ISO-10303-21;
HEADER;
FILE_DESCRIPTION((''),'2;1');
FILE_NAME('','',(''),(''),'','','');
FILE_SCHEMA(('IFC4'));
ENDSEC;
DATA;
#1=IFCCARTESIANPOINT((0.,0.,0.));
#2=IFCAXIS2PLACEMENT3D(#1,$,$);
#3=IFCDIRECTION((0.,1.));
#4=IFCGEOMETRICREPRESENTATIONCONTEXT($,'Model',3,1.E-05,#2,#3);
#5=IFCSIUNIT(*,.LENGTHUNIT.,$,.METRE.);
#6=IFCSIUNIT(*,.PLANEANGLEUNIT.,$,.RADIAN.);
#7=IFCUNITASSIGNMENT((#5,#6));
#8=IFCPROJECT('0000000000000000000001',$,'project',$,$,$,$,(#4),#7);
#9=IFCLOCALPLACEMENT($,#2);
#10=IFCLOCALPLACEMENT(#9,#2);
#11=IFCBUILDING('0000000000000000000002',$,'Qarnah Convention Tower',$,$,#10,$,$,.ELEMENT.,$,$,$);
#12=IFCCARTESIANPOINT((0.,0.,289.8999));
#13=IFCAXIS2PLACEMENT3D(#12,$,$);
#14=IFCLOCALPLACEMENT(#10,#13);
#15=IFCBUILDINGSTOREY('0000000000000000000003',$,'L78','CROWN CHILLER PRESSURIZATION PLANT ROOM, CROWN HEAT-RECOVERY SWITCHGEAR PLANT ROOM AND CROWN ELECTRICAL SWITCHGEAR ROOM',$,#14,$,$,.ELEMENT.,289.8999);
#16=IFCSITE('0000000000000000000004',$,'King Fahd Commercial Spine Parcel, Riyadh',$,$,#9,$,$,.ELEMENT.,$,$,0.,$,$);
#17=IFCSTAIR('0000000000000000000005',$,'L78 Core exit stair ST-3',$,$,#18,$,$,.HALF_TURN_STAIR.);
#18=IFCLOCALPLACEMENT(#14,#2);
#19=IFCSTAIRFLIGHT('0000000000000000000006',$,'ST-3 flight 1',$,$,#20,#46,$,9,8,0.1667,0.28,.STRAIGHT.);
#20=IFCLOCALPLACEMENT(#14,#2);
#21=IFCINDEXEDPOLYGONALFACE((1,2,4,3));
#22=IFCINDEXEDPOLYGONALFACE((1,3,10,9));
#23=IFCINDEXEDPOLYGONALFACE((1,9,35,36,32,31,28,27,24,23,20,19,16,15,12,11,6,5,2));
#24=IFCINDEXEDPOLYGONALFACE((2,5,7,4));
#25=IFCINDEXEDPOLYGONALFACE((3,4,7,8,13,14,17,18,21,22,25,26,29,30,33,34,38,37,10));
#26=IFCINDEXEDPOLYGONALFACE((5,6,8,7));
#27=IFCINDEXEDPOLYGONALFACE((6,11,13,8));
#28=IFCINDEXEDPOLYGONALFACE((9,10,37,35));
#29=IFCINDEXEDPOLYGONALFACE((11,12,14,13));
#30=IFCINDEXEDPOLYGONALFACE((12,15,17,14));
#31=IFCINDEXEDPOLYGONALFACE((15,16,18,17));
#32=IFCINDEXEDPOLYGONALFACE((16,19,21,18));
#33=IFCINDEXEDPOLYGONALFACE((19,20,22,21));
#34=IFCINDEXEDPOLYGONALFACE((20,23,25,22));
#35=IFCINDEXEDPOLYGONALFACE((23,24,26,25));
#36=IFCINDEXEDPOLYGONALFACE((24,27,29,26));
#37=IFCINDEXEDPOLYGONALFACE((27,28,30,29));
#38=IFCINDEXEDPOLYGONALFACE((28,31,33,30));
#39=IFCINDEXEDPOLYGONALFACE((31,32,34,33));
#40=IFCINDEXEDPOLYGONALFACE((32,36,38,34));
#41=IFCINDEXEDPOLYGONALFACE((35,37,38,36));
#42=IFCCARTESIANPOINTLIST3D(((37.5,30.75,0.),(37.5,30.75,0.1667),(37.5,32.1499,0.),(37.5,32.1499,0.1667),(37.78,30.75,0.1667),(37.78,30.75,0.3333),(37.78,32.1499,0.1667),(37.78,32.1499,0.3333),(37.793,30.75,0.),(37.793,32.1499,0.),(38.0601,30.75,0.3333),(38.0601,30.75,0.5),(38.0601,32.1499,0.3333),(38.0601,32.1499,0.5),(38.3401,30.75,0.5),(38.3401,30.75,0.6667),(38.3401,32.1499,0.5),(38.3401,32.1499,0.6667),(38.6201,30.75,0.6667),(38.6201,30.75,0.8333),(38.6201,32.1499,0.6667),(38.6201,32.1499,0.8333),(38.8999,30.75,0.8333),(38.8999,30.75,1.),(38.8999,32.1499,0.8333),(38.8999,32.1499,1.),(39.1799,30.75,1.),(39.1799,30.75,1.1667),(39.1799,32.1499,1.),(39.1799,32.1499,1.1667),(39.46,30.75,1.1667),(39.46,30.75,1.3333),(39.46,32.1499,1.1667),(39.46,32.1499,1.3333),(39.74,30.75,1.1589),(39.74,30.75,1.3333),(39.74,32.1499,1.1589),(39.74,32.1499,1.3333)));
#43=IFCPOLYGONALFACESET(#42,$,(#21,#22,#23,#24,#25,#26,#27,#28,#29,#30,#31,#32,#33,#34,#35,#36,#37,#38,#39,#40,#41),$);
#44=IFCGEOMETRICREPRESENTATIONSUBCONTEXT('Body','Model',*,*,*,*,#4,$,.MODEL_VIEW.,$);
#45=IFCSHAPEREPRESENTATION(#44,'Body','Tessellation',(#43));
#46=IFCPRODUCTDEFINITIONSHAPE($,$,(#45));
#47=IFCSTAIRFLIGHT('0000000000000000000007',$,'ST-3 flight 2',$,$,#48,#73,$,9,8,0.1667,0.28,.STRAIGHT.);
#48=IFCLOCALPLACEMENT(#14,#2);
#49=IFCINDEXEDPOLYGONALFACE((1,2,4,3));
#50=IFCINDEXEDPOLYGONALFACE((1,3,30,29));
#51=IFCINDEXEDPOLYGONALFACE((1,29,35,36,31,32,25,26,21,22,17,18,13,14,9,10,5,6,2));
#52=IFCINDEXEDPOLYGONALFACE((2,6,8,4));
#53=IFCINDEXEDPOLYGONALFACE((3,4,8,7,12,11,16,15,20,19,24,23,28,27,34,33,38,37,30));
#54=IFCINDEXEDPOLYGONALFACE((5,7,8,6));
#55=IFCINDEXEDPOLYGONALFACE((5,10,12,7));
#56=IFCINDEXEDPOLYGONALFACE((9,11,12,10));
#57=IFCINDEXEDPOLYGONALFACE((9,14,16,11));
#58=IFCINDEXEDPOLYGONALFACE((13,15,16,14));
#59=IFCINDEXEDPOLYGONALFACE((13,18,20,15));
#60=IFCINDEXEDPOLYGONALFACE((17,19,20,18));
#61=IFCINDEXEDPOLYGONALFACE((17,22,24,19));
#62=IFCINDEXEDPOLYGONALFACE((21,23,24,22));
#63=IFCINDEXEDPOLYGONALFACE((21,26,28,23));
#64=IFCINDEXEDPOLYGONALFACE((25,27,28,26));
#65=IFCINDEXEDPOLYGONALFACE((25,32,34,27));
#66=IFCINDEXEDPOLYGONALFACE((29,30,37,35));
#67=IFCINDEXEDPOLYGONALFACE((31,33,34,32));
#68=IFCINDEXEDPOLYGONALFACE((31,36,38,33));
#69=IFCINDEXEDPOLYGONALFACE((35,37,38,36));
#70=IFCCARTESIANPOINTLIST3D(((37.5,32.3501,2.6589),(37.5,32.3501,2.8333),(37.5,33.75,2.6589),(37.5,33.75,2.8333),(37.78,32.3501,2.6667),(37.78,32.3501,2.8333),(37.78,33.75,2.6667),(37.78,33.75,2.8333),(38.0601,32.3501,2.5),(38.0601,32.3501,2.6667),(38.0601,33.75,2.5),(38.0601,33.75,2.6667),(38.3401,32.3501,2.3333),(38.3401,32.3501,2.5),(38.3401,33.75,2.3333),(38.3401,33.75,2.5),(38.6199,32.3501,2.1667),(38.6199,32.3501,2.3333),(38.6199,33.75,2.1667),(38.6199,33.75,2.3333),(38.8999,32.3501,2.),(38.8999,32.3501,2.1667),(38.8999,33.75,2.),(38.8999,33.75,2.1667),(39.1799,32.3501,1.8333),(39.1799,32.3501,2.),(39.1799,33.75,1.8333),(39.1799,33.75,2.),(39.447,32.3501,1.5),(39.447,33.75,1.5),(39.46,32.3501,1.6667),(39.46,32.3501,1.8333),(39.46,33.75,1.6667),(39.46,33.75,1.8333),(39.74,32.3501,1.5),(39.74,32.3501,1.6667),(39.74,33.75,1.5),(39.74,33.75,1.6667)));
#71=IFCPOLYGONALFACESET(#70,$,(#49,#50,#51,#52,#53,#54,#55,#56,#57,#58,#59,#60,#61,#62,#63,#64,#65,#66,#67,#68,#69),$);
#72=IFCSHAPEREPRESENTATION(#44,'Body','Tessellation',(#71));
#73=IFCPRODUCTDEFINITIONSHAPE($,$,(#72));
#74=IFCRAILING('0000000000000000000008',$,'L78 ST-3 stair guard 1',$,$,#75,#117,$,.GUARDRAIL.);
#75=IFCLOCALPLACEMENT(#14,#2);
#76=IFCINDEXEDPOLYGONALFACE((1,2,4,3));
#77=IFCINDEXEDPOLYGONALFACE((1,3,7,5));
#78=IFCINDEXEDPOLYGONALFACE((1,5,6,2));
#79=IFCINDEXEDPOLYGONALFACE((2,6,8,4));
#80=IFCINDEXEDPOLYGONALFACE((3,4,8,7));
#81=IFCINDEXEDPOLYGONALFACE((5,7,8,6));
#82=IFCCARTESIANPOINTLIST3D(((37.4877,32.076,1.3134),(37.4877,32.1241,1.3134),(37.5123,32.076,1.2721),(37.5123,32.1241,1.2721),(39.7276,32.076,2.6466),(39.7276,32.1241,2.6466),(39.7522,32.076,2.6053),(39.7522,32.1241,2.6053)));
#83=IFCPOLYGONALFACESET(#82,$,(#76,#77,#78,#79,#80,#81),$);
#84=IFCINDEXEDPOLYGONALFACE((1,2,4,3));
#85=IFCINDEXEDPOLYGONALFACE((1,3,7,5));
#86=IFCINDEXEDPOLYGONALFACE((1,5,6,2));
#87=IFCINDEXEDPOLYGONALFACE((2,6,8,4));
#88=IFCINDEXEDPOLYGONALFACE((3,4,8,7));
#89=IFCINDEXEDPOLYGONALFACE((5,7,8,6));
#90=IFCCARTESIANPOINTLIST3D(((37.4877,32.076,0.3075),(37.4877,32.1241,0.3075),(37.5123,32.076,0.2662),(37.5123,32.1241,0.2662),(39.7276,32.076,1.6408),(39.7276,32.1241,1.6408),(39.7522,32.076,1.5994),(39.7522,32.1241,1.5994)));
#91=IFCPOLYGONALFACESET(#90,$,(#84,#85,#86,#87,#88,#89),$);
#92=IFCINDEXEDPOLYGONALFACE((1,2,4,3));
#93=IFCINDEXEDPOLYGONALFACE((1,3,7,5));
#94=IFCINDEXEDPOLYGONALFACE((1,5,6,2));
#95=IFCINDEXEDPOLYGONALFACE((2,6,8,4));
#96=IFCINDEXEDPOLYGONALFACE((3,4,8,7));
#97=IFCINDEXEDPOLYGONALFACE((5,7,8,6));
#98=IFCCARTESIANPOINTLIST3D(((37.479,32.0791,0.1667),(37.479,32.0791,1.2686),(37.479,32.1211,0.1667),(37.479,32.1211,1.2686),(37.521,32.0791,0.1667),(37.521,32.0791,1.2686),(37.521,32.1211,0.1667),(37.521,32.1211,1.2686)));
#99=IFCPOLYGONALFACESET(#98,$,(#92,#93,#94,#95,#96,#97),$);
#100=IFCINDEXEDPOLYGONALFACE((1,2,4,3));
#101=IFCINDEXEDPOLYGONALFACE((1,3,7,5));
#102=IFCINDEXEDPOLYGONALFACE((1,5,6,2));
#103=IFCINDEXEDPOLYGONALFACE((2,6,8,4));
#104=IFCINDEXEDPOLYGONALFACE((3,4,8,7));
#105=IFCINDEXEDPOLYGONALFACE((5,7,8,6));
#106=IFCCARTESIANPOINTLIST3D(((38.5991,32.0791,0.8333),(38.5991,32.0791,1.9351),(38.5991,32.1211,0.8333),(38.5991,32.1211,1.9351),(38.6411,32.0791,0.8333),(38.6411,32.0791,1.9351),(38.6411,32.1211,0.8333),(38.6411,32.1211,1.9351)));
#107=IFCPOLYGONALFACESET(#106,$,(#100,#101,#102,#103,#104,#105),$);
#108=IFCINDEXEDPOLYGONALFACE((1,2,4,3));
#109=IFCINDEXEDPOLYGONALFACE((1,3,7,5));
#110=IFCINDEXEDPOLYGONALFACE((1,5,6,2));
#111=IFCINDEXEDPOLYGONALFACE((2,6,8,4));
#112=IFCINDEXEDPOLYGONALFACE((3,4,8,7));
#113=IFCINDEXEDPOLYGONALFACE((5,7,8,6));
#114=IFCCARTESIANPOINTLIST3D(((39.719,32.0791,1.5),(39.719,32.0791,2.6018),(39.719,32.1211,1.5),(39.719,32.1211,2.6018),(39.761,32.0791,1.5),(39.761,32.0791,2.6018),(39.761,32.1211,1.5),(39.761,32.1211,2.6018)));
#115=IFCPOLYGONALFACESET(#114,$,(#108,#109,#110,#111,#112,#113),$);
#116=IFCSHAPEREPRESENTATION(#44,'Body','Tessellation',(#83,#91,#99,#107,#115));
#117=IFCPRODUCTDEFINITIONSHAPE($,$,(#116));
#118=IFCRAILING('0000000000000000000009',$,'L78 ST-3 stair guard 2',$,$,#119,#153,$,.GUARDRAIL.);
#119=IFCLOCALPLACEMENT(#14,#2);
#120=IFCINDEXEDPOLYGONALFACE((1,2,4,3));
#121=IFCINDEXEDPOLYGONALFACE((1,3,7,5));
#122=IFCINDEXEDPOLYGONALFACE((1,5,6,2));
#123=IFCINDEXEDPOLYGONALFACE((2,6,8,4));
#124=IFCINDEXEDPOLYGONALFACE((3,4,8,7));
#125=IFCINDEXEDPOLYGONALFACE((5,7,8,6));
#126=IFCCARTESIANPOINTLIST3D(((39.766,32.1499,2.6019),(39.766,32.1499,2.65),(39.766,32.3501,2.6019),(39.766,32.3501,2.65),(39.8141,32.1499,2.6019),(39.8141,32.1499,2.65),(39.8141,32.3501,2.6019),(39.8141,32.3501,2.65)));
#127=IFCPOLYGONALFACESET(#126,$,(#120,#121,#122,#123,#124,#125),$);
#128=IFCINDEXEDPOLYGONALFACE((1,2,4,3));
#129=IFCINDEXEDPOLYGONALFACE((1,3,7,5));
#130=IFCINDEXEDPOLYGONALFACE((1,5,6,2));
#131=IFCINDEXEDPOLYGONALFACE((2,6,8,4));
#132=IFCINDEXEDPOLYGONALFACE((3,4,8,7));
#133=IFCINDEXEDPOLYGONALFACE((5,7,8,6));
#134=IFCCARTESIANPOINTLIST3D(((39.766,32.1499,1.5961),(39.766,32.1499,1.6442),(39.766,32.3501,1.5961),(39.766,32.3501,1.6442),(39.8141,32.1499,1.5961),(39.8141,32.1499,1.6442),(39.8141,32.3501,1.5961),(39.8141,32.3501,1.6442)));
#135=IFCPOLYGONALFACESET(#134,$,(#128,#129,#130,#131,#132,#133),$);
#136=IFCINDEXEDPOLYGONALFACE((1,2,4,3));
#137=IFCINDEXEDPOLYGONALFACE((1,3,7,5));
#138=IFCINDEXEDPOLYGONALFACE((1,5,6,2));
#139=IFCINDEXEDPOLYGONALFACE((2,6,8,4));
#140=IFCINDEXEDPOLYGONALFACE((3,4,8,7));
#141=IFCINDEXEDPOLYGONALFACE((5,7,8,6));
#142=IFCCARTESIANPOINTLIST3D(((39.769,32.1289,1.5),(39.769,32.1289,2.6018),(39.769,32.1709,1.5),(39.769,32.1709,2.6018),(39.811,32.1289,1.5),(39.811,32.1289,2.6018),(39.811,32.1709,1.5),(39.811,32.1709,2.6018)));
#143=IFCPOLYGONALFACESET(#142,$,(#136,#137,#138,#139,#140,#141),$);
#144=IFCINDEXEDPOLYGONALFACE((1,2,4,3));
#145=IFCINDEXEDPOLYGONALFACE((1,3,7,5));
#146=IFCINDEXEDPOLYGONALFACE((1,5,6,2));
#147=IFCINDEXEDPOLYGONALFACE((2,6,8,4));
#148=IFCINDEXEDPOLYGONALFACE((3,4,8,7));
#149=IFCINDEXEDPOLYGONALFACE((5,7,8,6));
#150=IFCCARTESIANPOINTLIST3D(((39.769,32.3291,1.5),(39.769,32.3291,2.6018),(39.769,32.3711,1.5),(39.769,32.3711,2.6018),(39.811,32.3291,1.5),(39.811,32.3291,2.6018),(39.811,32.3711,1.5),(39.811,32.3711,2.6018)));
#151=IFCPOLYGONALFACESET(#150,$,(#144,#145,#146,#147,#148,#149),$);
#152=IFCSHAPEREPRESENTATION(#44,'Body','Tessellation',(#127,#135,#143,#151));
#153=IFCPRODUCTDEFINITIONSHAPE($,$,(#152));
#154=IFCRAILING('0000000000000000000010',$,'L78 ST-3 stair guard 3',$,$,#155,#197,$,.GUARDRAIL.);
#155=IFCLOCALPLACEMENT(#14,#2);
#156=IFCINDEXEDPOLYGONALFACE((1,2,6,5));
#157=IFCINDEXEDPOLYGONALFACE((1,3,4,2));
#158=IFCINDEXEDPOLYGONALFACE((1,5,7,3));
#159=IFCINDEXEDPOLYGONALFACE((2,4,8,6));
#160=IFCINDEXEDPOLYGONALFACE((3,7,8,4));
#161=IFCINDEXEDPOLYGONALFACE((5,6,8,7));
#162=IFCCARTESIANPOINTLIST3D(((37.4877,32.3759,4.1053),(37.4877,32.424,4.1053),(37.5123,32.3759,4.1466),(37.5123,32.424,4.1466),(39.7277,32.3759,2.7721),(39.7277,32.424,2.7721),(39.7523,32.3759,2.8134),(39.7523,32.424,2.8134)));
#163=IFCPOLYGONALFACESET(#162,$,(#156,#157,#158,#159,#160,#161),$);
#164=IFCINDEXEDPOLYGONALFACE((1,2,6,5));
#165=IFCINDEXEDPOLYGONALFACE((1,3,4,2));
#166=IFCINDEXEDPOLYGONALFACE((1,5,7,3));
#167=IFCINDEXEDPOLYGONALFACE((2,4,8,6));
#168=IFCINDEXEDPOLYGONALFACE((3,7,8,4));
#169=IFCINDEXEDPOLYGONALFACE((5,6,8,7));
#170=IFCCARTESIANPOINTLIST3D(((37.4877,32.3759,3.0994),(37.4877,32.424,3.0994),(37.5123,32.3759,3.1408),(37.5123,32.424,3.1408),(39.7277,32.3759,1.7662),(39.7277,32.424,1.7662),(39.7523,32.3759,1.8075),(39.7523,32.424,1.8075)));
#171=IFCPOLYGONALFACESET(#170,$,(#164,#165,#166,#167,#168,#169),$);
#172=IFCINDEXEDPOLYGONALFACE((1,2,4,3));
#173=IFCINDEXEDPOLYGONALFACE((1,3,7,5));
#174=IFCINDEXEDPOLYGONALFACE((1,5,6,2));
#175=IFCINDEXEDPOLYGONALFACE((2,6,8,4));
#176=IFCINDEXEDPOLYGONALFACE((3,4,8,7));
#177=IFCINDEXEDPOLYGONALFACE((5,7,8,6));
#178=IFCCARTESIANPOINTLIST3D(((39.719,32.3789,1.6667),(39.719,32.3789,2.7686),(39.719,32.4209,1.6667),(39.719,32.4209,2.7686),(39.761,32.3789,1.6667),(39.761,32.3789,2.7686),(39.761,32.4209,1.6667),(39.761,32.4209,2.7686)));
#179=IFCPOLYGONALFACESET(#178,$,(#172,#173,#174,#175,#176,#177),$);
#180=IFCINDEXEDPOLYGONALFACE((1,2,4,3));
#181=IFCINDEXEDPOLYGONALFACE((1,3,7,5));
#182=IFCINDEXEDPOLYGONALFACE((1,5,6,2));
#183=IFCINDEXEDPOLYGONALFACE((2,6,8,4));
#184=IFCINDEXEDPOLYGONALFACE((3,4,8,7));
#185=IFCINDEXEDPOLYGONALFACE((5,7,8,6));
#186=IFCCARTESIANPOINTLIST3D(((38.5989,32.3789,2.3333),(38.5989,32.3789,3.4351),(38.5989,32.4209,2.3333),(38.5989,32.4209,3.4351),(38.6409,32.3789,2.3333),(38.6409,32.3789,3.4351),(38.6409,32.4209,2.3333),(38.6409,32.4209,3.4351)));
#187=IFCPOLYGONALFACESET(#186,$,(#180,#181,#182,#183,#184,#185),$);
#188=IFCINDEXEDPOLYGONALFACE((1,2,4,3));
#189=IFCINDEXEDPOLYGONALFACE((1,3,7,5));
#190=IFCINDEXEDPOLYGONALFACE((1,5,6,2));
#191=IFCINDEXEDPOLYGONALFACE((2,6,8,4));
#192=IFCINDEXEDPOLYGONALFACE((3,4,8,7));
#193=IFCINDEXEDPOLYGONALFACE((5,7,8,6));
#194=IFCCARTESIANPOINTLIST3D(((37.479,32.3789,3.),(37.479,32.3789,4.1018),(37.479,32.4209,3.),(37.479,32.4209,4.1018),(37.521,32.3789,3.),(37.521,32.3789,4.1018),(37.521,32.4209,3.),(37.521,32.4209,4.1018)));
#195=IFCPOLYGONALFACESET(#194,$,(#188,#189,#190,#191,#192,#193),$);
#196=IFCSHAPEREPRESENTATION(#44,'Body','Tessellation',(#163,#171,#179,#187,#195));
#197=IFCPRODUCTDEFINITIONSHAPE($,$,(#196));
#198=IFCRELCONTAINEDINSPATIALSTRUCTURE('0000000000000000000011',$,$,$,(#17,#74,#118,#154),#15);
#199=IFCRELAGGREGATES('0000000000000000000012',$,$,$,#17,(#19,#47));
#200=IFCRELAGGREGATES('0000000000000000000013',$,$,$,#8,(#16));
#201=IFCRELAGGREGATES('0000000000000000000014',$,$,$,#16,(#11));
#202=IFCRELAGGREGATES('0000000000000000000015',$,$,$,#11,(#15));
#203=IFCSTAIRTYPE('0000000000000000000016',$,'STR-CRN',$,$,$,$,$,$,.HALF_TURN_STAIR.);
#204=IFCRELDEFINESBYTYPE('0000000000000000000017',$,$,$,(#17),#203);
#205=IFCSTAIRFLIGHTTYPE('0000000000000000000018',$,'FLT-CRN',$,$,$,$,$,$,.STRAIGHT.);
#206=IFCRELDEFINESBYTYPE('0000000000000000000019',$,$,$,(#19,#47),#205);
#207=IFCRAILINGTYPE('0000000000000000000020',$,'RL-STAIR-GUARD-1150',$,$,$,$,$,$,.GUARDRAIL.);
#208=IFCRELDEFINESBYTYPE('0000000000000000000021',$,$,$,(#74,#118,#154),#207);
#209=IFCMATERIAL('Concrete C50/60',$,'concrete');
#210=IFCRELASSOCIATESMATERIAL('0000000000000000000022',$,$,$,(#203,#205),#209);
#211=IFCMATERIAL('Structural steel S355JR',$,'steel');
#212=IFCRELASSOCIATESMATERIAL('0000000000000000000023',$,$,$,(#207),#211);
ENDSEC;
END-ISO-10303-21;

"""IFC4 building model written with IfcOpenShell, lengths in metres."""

from ifc_helpers import new_model, si_unit, direction, frame, origin, origin_2d, place, context, subcontext, project, spatial, polyline, rectangle, outline, extrude, material, type_object, element, aggregate, save


model = new_model("IFC4")

# Units and contexts
model_context = context("Model", 3, precision=1e-05, world=origin(), true_north=direction((0.0, 1.0)))
body_context = subcontext(model_context, "Body", "Model", "MODEL_VIEW")
ifc_project = project(units=[si_unit("LENGTHUNIT", "METRE"), si_unit("PLANEANGLEUNIT", "RADIAN")], contexts=[model_context])

# Site, building, storey
site_placement = place(None, origin())
site = spatial("IfcSite", under=ifc_project, at=site_placement, Name="King Fahd Commercial Spine Parcel, Riyadh", CompositionType="ELEMENT", RefElevation=0.0)
building_placement = place(site_placement, origin())
building = spatial("IfcBuilding", under=site, at=building_placement, Name="Qarnah Convention Tower", CompositionType="ELEMENT")
storey_placement = place(building_placement, frame((0.0, 0.0, 289.8999)))
storey = spatial("IfcBuildingStorey", under=building, at=storey_placement, Name="L78", Description="CROWN CHILLER PRESSURIZATION PLANT ROOM, CROWN HEAT-RECOVERY SWITCHGEAR PLANT ROOM AND CROWN ELECTRICAL SWITCHGEAR ROOM", CompositionType="ELEMENT", Elevation=289.8999)

# Shared definitions
ifc_material_1 = material(Name="Structural steel S355JR", Category="steel")

# Stair, stair flights
ifc_material_2 = material(Name="Concrete C50/60", Category="concrete")
stair_type = type_object("IfcStairType", Name="STR-CRN", PredefinedType="HALF_TURN_STAIR", material=ifc_material_2)
stair_placement = place(storey_placement, origin())
stair = element("IfcStair", 1, at=stair_placement, inside=storey, type_object=stair_type, Name="L78 Core exit stair ST-3", PredefinedType="HALF_TURN_STAIR")
stair_flight_type = type_object("IfcStairFlightType", Name="FLT-CRN", PredefinedType="STRAIGHT", material=ifc_material_2)
stair_flight_1_placement = place(storey_placement, frame((37.5, 31.45, 0.0), z_axis=(0.0, 0.0, 1.0), x_axis=(1.0, 0.0, 0.0)))
stair_flight_1 = element("IfcStairFlight", 2, at=stair_flight_1_placement, type_object=stair_flight_type, Name="ST-3 flight 1", NumberOfRisers=9, NumberOfTreads=8, PredefinedType="STRAIGHT", RiserHeight=0.1667, TreadLength=0.28, context=body_context, shape_type="SweptSolid", body=[
    extrude(outline(polyline([(0.0, 0.0), (0.0, 0.1667), (0.28, 0.1667), (0.28, 0.3333), (0.5601, 0.3333), (0.5601, 0.5), (0.8401, 0.5), (0.8401, 0.6667), (1.1201, 0.6667), (1.1201, 0.8333), (1.3999, 0.8333), (1.3999, 1.0), (1.6799, 1.0), (1.6799, 1.1667), (1.96, 1.1667), (1.96, 1.3333), (2.24, 1.3333), (2.24, 1.5), (2.24, 1.1589), (0.293, 0.0), (0.0, 0.0)])), frame((0.0, 0.7, 0.0), z_axis=(0.0, -1.0, 0.0), x_axis=(1.0, 0.0, 0.0)), (0.0, 0.0, 1.0), 1.3999),
])
stair_flight_2_placement = place(storey_placement, frame((39.74, 33.05, 1.5), z_axis=(0.0, 0.0, 1.0), x_axis=(-1.0, 0.0, 0.0)))
stair_flight_2 = element("IfcStairFlight", 3, at=stair_flight_2_placement, type_object=stair_flight_type, Name="ST-3 flight 2", NumberOfRisers=9, NumberOfTreads=8, PredefinedType="STRAIGHT", RiserHeight=0.1667, TreadLength=0.28, context=body_context, shape_type="SweptSolid", body=[
    extrude(outline(polyline([(0.0, 0.0), (0.0, 0.1667), (0.28, 0.1667), (0.28, 0.3333), (0.5601, 0.3333), (0.5601, 0.5), (0.8401, 0.5), (0.8401, 0.6667), (1.1201, 0.6667), (1.1201, 0.8333), (1.3999, 0.8333), (1.3999, 1.0), (1.6799, 1.0), (1.6799, 1.1667), (1.96, 1.1667), (1.96, 1.3333), (2.24, 1.3333), (2.24, 1.5), (2.24, 1.1589), (0.293, 0.0), (0.0, 0.0)])), frame((0.0, 0.7, 0.0), z_axis=(0.0, -1.0, 0.0), x_axis=(1.0, 0.0, 0.0)), (0.0, 0.0, 1.0), 1.3999),
])
aggregate(stair, [stair_flight_1, stair_flight_2])

# Railings
railing_type_1 = type_object("IfcRailingType", Name="RL-STAIR-GUARD-1150", PredefinedType="GUARDRAIL", material=ifc_material_1)
railing_1_placement = place(storey_placement, frame((37.5, 32.1001, 0.1667)))
element("IfcRailing", 4, at=railing_1_placement, inside=storey, type_object=railing_type_1, Name="L78 ST-3 stair guard 1", PredefinedType="GUARDRAIL", context=body_context, shape_type="SweptSolid", body=[
    extrude(rectangle(XDim=0.0481, YDim=0.0481, at=origin_2d()), frame((0.0, 0.0, 1.126), z_axis=(0.859306, 0.0, 0.511462), x_axis=(0.0, 1.0, 0.0)), (0.0, 0.0, 1.0), 2.6067),
    extrude(rectangle(XDim=0.0481, YDim=0.0481, at=origin_2d()), frame((0.0, 0.0, 0.1201), z_axis=(0.859306, 0.0, 0.511462), x_axis=(0.0, 1.0, 0.0)), (0.0, 0.0, 1.0), 2.6067),
    extrude(rectangle(XDim=0.042, YDim=0.042, at=origin_2d()), origin(), (0.0, 0.0, 1.0), 1.1018),
    extrude(rectangle(XDim=0.042, YDim=0.042, at=origin_2d()), frame((1.1201, 0.0, 0.6665)), (0.0, 0.0, 1.0), 1.1018),
    extrude(rectangle(XDim=0.042, YDim=0.042, at=origin_2d()), frame((2.24, 0.0, 1.3333)), (0.0, 0.0, 1.0), 1.1018),
])
railing_2_placement = place(storey_placement, frame((39.79, 32.1499, 1.5)))
element("IfcRailing", 5, at=railing_2_placement, inside=storey, type_object=railing_type_1, Name="L78 ST-3 stair guard 2", PredefinedType="GUARDRAIL", context=body_context, shape_type="SweptSolid", body=[
    extrude(rectangle(XDim=0.0481, YDim=0.0481, at=origin_2d()), frame((0.0, 0.0, 1.126), z_axis=(0.0, 1.0, 0.0), x_axis=(-1.0, 0.0, 0.0)), (0.0, 0.0, 1.0), 0.2002),
    extrude(rectangle(XDim=0.0481, YDim=0.0481, at=origin_2d()), frame((0.0, 0.0, 0.1201), z_axis=(0.0, 1.0, 0.0), x_axis=(-1.0, 0.0, 0.0)), (0.0, 0.0, 1.0), 0.2002),
    extrude(rectangle(XDim=0.042, YDim=0.042, at=origin_2d()), origin(), (0.0, 0.0, 1.0), 1.1018),
    extrude(rectangle(XDim=0.042, YDim=0.042, at=origin_2d()), frame((0.0, 0.2002, 0.0)), (0.0, 0.0, 1.0), 1.1018),
])
railing_3_placement = place(storey_placement, frame((39.74, 32.3999, 1.6667)))
element("IfcRailing", 6, at=railing_3_placement, inside=storey, type_object=railing_type_1, Name="L78 ST-3 stair guard 3", PredefinedType="GUARDRAIL", context=body_context, shape_type="SweptSolid", body=[
    extrude(rectangle(XDim=0.0481, YDim=0.0481, at=origin_2d()), frame((0.0, 0.0, 1.126), z_axis=(-0.859306, 0.0, 0.511462), x_axis=(0.0, -1.0, 0.0)), (0.0, 0.0, 1.0), 2.6067),
    extrude(rectangle(XDim=0.0481, YDim=0.0481, at=origin_2d()), frame((0.0, 0.0, 0.1201), z_axis=(-0.859306, 0.0, 0.511462), x_axis=(0.0, -1.0, 0.0)), (0.0, 0.0, 1.0), 2.6067),
    extrude(rectangle(XDim=0.042, YDim=0.042, at=origin_2d()), origin(), (0.0, 0.0, 1.0), 1.1018),
    extrude(rectangle(XDim=0.042, YDim=0.042, at=origin_2d()), frame((-1.1201, 0.0, 0.6665)), (0.0, 0.0, 1.0), 1.1018),
    extrude(rectangle(XDim=0.042, YDim=0.042, at=origin_2d()), frame((-2.24, 0.0, 1.3333)), (0.0, 0.0, 1.0), 1.1018),
])

save(model, "model.ifc")
